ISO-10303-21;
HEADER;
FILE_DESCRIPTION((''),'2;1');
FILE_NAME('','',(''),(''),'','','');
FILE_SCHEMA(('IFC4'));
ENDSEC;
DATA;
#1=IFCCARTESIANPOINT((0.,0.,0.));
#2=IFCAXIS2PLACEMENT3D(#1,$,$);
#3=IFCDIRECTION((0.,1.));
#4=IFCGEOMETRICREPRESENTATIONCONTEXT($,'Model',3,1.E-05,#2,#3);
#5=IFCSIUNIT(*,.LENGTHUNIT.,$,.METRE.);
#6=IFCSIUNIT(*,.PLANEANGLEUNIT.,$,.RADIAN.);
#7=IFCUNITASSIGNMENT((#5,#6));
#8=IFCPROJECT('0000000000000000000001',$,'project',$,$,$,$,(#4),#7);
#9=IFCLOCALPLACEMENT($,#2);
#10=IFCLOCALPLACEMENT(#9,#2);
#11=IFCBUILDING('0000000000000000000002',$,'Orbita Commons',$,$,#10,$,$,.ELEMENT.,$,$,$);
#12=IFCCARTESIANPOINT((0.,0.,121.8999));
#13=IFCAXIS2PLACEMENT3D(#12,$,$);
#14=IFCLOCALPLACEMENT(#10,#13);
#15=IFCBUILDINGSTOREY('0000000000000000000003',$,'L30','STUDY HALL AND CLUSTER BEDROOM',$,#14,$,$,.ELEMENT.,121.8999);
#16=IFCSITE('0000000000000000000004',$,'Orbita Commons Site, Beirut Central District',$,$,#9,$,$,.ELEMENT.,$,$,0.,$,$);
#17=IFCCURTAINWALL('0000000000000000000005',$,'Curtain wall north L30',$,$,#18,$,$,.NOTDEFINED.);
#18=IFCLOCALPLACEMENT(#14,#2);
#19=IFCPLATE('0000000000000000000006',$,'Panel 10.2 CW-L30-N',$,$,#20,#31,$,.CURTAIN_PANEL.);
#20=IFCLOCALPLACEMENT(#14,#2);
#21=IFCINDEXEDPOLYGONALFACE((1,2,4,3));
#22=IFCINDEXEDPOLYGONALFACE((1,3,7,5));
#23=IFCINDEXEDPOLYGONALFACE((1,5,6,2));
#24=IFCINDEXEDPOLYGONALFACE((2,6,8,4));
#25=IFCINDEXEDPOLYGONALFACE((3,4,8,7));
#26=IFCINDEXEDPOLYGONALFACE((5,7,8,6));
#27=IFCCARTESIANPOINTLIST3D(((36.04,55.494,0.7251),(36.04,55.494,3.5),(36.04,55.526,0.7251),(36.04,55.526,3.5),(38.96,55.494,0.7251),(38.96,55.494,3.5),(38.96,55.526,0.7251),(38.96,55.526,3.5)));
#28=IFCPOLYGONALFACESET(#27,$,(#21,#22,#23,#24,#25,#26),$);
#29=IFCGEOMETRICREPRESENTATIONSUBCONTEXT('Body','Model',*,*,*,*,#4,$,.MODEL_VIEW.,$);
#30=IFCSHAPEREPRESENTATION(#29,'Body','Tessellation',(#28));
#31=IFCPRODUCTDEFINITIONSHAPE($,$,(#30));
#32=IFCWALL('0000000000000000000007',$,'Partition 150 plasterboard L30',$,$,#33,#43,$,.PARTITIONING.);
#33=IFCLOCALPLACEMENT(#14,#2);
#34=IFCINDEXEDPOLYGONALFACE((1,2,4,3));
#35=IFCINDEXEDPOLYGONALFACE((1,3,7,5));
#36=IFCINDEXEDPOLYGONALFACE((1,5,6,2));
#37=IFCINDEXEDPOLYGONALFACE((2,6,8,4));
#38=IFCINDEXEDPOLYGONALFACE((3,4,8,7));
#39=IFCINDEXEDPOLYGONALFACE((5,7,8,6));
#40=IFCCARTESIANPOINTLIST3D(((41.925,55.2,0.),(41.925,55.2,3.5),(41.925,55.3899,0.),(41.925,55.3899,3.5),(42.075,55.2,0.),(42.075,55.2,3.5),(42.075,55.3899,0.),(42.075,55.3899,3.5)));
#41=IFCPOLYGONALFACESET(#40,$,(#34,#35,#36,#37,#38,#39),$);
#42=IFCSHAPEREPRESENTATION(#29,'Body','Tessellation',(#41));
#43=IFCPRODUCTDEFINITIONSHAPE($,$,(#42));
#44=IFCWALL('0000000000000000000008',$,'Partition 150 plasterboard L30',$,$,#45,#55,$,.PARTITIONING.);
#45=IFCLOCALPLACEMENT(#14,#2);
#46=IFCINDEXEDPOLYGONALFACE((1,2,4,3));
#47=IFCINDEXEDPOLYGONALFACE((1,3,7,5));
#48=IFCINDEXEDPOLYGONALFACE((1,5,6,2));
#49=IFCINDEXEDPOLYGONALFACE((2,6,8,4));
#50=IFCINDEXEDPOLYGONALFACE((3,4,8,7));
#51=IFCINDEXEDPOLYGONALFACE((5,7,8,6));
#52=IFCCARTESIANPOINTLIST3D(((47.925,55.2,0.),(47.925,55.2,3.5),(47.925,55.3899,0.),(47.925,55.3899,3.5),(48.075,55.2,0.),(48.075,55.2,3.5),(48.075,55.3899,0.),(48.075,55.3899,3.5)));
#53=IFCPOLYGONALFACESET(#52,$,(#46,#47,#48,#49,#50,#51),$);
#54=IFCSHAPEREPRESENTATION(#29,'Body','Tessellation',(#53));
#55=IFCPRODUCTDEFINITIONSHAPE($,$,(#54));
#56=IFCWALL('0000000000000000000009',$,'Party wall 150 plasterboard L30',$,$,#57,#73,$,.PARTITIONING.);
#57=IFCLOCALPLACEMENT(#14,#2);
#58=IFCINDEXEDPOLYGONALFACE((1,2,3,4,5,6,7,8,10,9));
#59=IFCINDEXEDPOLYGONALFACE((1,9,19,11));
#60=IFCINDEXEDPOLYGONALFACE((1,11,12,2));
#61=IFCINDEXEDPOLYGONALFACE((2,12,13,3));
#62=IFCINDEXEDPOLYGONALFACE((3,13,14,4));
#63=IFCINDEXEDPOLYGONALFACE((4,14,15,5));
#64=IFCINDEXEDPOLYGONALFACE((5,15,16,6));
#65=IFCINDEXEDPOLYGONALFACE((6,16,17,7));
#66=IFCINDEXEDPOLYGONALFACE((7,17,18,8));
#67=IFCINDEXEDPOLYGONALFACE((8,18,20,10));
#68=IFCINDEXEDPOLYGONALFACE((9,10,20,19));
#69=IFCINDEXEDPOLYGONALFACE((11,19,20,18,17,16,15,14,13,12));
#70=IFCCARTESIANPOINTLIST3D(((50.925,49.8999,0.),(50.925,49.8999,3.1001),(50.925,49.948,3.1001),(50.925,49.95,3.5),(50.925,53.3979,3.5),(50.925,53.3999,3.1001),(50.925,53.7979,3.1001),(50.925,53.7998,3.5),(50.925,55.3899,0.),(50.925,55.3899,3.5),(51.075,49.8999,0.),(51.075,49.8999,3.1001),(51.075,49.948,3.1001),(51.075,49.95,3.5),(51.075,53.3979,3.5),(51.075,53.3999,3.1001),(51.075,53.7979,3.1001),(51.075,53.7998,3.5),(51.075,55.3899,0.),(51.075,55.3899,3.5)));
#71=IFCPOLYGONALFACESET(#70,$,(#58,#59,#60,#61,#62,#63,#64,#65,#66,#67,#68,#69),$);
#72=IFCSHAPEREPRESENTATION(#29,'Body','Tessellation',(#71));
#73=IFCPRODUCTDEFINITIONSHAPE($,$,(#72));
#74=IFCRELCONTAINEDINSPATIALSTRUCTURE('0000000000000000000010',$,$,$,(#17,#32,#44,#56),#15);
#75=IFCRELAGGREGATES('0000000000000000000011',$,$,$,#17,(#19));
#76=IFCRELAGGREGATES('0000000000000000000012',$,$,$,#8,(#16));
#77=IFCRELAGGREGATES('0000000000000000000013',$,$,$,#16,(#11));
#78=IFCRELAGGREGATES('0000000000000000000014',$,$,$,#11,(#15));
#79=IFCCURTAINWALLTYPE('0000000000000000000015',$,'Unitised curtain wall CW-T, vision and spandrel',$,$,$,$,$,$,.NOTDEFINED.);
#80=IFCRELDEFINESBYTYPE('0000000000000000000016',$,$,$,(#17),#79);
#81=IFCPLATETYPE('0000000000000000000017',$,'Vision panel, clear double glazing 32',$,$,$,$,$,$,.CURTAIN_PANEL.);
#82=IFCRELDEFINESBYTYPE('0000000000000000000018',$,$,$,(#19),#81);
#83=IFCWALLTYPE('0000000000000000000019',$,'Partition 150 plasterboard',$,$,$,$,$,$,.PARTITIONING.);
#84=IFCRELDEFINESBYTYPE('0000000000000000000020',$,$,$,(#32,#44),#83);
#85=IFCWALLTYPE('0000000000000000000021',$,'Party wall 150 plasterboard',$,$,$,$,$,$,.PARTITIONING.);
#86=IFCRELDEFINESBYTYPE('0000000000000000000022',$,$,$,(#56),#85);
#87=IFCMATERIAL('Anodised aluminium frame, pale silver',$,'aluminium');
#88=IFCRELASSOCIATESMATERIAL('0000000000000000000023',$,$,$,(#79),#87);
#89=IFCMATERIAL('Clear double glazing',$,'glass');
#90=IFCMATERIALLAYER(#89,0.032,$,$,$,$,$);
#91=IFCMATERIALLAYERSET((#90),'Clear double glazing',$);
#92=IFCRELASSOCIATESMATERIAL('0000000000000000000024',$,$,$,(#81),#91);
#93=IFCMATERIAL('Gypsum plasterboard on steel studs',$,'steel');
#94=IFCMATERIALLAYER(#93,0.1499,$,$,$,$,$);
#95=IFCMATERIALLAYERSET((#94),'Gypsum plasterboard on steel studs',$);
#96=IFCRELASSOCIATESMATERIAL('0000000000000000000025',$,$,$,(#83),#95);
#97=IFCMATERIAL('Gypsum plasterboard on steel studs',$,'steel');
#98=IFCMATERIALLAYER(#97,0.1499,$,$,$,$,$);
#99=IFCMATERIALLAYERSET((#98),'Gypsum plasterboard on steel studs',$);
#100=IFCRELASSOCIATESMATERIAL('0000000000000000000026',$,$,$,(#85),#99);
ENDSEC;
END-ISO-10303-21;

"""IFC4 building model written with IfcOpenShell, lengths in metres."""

from ifc_helpers import new_model, si_unit, direction, frame, frame_2d, origin, origin_2d, place, context, subcontext, project, spatial, polyline, rectangle, outline, extrude, material, layer, layer_set, type_object, element, aggregate, save


model = new_model("IFC4")

# Units and contexts
model_context = context("Model", 3, precision=1e-05, world=origin(), true_north=direction((0.0, 1.0)))
body_context = subcontext(model_context, "Body", "Model", "MODEL_VIEW")
ifc_project = project(units=[si_unit("LENGTHUNIT", "METRE"), si_unit("PLANEANGLEUNIT", "RADIAN")], contexts=[model_context])

# Site, building, storey
site_placement = place(None, origin())
site = spatial("IfcSite", under=ifc_project, at=site_placement, Name="Orbita Commons Site, Beirut Central District", CompositionType="ELEMENT", RefElevation=0.0)
building_placement = place(site_placement, origin())
building = spatial("IfcBuilding", under=site, at=building_placement, Name="Orbita Commons", CompositionType="ELEMENT")
storey_placement = place(building_placement, frame((0.0, 0.0, 121.8999)))
storey = spatial("IfcBuildingStorey", under=building, at=storey_placement, Name="L30", Description="STUDY HALL AND CLUSTER BEDROOM", CompositionType="ELEMENT", Elevation=121.8999)

# Curtain wall
ifc_material_1 = material(Name="Anodised aluminium frame, pale silver", Category="aluminium")
curtain_wall_type = type_object("IfcCurtainWallType", Name="Unitised curtain wall CW-T, vision and spandrel", PredefinedType="NOTDEFINED", material=ifc_material_1)
curtain_wall_placement = place(storey_placement, origin())
curtain_wall = element("IfcCurtainWall", 1, at=curtain_wall_placement, inside=storey, type_object=curtain_wall_type, Name="Curtain wall north L30", PredefinedType="NOTDEFINED")

# Plate
ifc_material_2 = material(Name="Clear double glazing", Category="glass")
ifc_layer_1 = layer(ifc_material_2, 0.032)
ifc_layer_set_1 = layer_set([ifc_layer_1], Name="Clear double glazing")
plate_type_1 = type_object("IfcPlateType", Name="Vision panel, clear double glazing 32", PredefinedType="CURTAIN_PANEL", material=ifc_layer_set_1)
plate_1_placement = place(storey_placement, frame((37.5, 55.51, 0.7251), z_axis=(0.0, 0.0, 1.0), x_axis=(-1.0, 0.0, 0.0)))
plate_1 = element("IfcPlate", 2, at=plate_1_placement, type_object=plate_type_1, Name="Panel 10.2 CW-L30-N", PredefinedType="CURTAIN_PANEL", context=body_context, shape_type="SweptSolid", body=[
    extrude(rectangle(XDim=2.9199, YDim=0.032, at=origin_2d()), origin(), (0.0, 0.0, 1.0), 2.7749),
])
aggregate(curtain_wall, [plate_1])

# Walls
ifc_material_3 = material(Name="Gypsum plasterboard on steel studs", Category="steel")
ifc_layer_2 = layer(ifc_material_3, 0.1499)
ifc_layer_set_2 = layer_set([ifc_layer_2], Name="Gypsum plasterboard on steel studs")
wall_type_1 = type_object("IfcWallType", Name="Partition 150 plasterboard", PredefinedType="PARTITIONING", material=ifc_layer_set_2)
for number, where, z_axis, x_axis, name in (
    (3, (42.0, 55.2, 0.0), (0.0, 0.0, 1.0), (0.0, 1.0, 0.0), "Partition 150 plasterboard L30"),
    (4, (48.0, 55.2, 0.0), (0.0, 0.0, 1.0), (0.0, 1.0, 0.0), "Partition 150 plasterboard L30"),
):
    element("IfcWall", number, at=place(storey_placement, frame(where, z_axis=z_axis, x_axis=x_axis)), inside=storey, type_object=wall_type_1, Name=name, PredefinedType="PARTITIONING", context=body_context, shape_type="SweptSolid", body=[
        extrude(rectangle(XDim=0.1899, YDim=0.1499, at=frame_2d((0.095, 0.0))), origin(), (0.0, 0.0, 1.0), 3.5),
    ])
ifc_material_4 = material(Name="Gypsum plasterboard on steel studs", Category="steel")
ifc_layer_3 = layer(ifc_material_4, 0.1499)
ifc_layer_set_3 = layer_set([ifc_layer_3], Name="Gypsum plasterboard on steel studs")
wall_type_2 = type_object("IfcWallType", Name="Party wall 150 plasterboard", PredefinedType="PARTITIONING", material=ifc_layer_set_3)
wall_placement = place(storey_placement, frame((51.0, 55.3899, 0.0), z_axis=(0.0, 0.0, 1.0), x_axis=(0.0, -1.0, 0.0)))
element("IfcWall", 5, at=wall_placement, inside=storey, type_object=wall_type_2, Name="Party wall 150 plasterboard L30", PredefinedType="PARTITIONING", context=body_context, shape_type="SweptSolid", body=[
    extrude(outline(polyline([(0.0, 0.0), (5.49, 0.0), (5.49, 3.1001), (5.4419, 3.1001), (5.4399, 3.5), (1.9919, 3.5), (1.99, 3.1001), (1.592, 3.1001), (1.5901, 3.5), (0.0, 3.5), (0.0, 0.0)])), frame((0.0, 0.075, 0.0), z_axis=(0.0, -1.0, 0.0), x_axis=(1.0, 0.0, 0.0)), (0.0, 0.0, 1.0), 0.1499),
])

save(model, "model.ifc")
